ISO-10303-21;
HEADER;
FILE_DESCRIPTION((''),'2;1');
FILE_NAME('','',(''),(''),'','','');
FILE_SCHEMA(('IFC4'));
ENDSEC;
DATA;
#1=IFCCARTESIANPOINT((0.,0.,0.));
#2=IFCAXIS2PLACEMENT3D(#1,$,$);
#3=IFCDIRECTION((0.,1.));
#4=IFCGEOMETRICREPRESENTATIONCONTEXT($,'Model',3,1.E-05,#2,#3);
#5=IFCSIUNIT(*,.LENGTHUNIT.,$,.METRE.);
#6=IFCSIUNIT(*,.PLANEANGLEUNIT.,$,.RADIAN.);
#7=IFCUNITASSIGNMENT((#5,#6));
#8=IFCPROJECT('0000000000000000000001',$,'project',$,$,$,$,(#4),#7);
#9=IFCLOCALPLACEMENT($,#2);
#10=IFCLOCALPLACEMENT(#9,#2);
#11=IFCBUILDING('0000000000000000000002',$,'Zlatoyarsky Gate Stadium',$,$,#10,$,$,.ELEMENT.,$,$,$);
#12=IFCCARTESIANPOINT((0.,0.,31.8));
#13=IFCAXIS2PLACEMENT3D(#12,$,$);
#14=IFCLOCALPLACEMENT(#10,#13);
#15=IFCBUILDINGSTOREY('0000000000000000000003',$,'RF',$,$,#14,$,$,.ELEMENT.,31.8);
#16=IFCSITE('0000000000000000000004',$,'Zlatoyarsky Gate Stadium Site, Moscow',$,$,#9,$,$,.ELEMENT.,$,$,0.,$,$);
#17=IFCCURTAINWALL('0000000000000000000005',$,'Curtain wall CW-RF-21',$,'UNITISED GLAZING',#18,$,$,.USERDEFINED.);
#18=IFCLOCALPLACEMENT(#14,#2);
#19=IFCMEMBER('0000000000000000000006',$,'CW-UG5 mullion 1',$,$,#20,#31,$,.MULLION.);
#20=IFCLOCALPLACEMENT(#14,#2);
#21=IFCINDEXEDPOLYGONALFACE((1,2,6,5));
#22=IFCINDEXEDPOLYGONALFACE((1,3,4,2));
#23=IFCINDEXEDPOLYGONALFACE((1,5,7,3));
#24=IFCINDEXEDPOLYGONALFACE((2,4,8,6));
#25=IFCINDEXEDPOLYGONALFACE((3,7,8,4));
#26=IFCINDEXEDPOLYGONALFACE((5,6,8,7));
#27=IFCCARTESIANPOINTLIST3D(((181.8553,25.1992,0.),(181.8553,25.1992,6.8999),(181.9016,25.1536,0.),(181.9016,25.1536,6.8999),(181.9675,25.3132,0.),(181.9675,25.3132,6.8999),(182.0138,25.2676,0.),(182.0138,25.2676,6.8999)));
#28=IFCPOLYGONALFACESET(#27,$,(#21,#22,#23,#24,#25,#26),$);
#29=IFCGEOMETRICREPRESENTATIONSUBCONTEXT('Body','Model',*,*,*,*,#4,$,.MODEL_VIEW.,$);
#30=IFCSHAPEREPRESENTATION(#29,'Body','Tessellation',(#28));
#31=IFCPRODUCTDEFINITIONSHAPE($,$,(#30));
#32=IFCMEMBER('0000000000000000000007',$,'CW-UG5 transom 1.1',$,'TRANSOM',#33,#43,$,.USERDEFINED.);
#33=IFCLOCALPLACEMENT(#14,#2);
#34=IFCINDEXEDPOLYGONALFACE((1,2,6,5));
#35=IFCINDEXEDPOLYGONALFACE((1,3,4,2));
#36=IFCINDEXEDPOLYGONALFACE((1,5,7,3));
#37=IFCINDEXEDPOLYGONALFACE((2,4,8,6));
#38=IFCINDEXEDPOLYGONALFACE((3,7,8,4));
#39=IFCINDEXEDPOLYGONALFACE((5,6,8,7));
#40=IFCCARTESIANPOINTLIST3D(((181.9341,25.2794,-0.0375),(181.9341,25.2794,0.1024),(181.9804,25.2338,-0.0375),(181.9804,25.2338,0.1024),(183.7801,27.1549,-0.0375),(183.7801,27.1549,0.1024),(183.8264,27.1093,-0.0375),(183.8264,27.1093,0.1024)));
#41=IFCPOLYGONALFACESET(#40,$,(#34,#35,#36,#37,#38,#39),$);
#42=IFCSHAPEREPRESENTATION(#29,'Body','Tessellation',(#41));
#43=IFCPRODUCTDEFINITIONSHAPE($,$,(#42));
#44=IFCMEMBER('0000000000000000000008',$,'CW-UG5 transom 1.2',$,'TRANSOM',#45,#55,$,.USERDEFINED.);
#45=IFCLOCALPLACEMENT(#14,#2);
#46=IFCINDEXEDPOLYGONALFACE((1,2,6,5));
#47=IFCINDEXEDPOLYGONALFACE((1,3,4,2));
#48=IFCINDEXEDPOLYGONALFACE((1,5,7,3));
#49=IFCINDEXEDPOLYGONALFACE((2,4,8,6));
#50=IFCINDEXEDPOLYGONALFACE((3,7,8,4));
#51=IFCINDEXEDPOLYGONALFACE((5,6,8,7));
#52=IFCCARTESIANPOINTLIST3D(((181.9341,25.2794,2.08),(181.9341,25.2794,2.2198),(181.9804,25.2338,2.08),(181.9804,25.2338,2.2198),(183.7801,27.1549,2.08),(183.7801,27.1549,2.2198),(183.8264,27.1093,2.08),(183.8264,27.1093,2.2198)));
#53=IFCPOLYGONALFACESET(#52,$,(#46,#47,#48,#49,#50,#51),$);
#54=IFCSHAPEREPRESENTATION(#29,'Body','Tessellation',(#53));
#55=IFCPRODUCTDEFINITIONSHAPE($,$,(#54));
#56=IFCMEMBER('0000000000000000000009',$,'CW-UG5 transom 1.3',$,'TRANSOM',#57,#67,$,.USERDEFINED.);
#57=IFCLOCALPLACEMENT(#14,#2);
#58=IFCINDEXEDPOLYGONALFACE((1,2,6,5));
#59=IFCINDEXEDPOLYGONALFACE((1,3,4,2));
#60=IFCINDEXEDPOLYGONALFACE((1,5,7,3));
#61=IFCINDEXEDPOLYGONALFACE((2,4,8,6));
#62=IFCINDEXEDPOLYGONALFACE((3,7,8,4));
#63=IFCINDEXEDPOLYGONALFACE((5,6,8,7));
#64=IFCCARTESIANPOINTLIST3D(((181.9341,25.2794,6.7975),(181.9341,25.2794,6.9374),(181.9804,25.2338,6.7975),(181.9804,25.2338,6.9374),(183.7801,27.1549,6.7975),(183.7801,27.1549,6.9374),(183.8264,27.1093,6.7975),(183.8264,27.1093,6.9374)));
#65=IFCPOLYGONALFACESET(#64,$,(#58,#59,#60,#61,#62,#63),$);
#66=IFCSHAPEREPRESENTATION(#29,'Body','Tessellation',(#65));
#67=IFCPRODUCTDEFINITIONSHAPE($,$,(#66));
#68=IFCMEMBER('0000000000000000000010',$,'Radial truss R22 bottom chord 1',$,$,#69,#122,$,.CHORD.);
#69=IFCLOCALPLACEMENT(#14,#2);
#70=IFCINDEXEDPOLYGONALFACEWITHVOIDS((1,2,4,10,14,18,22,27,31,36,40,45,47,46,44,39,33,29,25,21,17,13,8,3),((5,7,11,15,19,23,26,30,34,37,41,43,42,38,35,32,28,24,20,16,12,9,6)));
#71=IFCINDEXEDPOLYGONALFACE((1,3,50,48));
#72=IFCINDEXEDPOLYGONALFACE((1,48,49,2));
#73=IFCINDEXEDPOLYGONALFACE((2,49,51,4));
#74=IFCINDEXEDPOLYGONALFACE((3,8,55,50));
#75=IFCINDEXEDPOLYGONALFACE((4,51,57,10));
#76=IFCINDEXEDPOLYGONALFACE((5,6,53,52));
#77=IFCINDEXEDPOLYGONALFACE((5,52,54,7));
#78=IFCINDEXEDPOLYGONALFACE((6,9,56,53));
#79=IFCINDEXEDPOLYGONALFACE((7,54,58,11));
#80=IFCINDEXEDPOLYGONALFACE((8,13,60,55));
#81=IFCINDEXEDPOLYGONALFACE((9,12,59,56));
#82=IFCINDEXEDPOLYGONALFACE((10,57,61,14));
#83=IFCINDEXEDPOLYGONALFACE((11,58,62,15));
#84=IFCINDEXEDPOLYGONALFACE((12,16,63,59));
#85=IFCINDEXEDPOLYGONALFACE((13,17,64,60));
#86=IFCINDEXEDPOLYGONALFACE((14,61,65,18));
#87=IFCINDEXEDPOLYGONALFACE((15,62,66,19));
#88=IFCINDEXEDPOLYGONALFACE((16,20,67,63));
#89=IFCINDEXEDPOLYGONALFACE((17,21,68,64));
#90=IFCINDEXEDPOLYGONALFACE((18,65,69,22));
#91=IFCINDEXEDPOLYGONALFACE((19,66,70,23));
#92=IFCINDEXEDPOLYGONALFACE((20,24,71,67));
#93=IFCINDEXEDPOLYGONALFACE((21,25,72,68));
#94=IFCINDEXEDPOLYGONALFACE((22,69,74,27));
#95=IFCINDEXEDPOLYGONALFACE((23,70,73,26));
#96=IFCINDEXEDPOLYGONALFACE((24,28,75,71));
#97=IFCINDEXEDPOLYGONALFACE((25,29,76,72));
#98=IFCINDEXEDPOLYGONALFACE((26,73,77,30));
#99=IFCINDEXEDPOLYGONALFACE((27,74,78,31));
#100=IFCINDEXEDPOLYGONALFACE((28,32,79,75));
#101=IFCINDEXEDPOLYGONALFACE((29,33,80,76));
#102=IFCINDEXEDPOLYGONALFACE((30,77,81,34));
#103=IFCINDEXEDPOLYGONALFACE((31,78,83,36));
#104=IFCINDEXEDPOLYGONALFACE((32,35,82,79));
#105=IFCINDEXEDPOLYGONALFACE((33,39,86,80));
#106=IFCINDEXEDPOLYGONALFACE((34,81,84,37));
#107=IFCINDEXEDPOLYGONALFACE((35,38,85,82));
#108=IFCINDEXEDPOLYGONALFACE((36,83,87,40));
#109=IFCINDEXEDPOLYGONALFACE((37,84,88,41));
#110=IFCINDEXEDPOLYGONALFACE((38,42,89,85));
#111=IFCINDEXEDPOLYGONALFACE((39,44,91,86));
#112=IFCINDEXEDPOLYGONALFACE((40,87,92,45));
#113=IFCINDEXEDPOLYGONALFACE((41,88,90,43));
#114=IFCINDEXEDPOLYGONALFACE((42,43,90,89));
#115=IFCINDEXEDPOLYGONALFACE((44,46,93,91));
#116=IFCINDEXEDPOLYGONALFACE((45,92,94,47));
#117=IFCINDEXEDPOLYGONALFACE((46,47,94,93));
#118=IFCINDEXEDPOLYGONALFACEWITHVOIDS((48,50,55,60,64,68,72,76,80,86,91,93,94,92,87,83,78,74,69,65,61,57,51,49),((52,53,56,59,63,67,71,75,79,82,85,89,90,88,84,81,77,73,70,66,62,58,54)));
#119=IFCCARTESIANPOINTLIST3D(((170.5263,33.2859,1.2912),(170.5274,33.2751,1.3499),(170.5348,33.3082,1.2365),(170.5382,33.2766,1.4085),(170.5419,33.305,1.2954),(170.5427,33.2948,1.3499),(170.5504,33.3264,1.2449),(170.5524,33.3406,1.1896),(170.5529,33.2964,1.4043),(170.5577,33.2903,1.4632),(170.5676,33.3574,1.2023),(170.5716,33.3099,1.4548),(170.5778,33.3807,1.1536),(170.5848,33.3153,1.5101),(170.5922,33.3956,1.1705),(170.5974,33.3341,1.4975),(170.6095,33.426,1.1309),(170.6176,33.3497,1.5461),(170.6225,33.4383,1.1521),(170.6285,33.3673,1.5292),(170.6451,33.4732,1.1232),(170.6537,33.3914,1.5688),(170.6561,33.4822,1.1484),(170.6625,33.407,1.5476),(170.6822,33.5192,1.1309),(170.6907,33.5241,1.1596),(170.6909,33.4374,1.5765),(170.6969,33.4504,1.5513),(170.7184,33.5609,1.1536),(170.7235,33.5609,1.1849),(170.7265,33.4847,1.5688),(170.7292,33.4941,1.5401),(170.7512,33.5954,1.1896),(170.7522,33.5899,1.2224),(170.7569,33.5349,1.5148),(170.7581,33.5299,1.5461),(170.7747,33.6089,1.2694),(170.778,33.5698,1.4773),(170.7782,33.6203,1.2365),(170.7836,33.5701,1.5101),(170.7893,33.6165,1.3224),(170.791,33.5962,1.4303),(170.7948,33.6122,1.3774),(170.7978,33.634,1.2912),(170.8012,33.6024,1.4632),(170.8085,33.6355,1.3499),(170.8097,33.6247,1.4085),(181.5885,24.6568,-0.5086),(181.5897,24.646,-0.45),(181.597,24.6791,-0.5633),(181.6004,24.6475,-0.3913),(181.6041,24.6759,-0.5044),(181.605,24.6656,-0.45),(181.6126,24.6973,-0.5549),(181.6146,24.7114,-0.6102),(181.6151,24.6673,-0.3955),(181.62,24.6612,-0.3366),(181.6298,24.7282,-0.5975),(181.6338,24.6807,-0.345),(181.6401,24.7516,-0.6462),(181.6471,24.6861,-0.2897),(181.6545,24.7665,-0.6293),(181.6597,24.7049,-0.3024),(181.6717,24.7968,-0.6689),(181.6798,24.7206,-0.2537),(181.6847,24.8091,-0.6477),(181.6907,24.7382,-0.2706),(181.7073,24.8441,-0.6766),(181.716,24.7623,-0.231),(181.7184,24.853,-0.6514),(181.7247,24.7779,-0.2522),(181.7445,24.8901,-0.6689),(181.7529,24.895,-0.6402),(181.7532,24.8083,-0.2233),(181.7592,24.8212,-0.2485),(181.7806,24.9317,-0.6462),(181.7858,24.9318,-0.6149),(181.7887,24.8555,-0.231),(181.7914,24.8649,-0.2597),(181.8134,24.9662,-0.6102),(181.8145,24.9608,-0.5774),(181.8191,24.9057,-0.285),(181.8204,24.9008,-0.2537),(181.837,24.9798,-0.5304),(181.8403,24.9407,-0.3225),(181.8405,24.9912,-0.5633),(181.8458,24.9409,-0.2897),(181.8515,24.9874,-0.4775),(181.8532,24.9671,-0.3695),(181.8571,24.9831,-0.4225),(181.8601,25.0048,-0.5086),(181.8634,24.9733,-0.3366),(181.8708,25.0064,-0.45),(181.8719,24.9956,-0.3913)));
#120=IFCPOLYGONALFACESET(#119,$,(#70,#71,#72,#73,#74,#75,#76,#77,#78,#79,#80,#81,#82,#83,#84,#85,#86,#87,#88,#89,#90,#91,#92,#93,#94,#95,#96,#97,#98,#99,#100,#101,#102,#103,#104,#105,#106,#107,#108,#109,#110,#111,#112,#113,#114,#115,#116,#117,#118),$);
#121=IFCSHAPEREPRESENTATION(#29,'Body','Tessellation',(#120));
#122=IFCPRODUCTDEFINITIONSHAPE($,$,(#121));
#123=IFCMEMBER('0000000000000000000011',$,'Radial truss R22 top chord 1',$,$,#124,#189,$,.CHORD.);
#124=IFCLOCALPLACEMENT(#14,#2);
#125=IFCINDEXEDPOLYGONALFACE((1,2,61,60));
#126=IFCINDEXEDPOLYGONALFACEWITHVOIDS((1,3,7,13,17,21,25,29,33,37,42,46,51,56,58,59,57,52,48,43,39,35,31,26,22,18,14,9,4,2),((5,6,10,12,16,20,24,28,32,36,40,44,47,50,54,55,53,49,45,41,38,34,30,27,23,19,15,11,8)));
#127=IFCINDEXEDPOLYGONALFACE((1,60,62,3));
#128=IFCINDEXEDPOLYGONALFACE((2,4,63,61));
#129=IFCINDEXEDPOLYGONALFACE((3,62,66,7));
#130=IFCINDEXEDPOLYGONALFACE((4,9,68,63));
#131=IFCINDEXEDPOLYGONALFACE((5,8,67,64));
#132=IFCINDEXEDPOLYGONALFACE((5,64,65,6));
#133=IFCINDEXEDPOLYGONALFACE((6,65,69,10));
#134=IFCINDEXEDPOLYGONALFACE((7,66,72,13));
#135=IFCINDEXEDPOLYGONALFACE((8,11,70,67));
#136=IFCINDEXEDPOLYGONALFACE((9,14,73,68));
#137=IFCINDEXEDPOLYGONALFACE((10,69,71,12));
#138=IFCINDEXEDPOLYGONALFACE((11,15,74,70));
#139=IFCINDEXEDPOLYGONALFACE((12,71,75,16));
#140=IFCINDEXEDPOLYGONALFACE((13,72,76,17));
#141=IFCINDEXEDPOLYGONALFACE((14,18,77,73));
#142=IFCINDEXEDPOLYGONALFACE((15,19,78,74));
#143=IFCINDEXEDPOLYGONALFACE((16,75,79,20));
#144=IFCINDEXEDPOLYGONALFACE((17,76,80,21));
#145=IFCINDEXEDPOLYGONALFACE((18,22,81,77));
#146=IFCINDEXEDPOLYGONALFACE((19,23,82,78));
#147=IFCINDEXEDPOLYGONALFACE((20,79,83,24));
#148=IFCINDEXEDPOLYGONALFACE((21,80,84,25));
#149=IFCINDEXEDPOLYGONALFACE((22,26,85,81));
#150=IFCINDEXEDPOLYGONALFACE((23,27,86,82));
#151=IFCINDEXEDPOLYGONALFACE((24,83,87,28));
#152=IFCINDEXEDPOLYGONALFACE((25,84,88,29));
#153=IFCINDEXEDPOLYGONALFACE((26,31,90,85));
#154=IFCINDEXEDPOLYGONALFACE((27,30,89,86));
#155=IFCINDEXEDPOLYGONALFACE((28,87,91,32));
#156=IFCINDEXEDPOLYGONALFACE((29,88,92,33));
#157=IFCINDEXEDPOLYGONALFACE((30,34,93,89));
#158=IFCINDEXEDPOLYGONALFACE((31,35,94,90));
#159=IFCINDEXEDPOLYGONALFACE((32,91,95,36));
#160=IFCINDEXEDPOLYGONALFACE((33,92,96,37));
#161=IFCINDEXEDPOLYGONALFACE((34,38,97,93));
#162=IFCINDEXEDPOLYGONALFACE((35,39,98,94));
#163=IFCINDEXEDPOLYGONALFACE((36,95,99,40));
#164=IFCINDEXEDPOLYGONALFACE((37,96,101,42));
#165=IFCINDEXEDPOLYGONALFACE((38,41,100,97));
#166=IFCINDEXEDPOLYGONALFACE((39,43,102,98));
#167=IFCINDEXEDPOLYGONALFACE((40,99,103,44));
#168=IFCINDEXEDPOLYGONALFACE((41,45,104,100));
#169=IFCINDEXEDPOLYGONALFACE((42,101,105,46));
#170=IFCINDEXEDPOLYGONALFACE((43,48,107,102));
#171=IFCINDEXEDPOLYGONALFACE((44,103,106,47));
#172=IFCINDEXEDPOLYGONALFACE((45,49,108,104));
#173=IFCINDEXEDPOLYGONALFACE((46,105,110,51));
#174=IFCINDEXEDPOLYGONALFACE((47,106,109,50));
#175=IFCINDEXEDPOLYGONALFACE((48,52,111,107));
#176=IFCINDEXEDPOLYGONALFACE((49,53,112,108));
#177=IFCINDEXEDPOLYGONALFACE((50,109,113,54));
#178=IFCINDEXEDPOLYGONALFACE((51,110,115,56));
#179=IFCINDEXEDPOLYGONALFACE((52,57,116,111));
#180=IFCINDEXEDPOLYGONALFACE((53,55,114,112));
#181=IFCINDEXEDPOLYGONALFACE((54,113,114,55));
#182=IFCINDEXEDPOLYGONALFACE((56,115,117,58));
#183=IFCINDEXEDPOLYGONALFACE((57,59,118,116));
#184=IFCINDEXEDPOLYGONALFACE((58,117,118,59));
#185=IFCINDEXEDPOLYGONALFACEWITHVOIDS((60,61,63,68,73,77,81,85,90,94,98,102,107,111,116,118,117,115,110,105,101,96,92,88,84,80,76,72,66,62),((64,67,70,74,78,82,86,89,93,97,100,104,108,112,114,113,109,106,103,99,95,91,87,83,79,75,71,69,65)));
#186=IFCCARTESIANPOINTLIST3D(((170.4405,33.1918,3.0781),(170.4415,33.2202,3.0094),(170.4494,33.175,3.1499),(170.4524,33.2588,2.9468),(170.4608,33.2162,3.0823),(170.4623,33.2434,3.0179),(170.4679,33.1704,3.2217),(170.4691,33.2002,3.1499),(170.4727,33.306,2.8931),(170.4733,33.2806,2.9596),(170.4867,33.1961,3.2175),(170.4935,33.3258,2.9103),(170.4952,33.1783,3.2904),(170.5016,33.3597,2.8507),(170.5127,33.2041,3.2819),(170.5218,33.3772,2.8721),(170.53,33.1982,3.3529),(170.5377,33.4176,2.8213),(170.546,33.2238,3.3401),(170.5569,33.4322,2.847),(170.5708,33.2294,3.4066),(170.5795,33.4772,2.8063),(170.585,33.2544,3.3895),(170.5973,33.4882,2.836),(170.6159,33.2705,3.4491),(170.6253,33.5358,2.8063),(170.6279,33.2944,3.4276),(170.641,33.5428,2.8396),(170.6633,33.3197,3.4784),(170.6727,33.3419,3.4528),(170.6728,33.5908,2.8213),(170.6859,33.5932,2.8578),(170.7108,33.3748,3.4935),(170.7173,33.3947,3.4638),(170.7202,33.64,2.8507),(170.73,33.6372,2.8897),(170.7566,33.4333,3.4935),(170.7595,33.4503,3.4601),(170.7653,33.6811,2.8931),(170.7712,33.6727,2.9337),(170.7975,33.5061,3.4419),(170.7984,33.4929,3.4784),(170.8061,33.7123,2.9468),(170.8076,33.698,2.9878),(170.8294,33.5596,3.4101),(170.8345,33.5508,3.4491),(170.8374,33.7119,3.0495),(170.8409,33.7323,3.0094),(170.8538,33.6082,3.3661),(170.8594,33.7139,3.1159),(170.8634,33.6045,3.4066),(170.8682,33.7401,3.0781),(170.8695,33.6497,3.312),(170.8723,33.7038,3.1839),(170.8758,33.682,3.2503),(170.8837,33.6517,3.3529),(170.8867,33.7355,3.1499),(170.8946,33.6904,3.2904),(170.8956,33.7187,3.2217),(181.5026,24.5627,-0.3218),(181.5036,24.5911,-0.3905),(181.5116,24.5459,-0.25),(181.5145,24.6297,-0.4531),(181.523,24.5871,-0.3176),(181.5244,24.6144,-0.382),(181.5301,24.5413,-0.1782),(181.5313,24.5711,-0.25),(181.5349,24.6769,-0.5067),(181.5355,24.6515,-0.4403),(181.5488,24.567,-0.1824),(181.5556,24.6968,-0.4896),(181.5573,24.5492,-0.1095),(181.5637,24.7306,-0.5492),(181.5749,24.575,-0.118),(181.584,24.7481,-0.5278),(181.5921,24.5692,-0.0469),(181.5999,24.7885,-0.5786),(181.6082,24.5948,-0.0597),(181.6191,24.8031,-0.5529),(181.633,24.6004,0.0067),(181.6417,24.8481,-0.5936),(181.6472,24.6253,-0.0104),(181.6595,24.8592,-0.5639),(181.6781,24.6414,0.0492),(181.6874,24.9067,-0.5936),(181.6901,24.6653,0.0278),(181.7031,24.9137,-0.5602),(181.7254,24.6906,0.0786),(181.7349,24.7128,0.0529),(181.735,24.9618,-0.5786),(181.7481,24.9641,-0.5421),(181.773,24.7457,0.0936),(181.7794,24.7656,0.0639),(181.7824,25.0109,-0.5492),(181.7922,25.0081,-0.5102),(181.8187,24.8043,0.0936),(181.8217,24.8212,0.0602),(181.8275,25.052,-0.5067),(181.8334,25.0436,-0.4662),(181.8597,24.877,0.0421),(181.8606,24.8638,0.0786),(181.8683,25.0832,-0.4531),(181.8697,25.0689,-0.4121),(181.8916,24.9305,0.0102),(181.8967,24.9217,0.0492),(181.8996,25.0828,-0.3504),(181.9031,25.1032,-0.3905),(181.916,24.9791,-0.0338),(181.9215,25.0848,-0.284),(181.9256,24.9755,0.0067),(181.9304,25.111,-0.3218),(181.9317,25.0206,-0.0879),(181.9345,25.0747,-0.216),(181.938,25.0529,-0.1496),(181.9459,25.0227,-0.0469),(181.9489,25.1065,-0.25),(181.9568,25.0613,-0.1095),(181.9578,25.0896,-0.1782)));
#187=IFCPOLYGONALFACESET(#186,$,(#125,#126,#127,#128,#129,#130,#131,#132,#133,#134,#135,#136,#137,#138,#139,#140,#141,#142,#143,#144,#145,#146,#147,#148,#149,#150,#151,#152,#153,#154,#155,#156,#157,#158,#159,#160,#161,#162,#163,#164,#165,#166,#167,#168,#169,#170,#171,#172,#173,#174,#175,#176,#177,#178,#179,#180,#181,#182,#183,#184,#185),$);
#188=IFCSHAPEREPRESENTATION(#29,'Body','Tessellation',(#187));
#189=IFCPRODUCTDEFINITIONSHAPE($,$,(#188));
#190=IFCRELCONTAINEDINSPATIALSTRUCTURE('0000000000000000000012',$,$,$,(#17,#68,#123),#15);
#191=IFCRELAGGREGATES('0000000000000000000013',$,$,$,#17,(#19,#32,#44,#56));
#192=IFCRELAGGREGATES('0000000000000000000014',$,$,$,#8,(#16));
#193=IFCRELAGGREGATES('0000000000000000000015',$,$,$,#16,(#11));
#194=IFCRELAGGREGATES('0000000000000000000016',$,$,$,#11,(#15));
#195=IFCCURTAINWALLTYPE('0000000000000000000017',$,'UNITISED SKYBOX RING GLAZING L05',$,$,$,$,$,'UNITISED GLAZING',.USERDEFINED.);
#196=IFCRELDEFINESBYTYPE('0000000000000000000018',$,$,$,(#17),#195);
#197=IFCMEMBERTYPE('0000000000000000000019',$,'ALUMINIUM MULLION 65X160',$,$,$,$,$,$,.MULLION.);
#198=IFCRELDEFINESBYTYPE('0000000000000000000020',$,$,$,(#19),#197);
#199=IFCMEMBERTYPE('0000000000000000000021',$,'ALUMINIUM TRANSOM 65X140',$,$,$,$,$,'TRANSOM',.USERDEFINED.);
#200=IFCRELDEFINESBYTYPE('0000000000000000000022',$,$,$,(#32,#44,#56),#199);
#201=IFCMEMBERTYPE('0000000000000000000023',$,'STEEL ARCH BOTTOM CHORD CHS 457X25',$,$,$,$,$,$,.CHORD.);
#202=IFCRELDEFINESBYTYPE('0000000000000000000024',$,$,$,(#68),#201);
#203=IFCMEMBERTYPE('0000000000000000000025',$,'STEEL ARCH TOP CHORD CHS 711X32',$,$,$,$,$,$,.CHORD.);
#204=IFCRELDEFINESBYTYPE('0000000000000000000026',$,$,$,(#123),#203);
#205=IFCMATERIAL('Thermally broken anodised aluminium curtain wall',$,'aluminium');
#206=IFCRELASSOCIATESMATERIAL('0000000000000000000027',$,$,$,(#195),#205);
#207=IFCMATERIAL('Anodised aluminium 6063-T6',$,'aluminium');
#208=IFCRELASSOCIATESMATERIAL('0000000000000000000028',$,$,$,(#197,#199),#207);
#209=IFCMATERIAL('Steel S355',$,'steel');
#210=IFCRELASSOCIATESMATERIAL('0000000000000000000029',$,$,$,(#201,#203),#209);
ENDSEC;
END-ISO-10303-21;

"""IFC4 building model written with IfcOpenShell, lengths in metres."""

from ifc_helpers import new_model, si_unit, direction, frame, origin, origin_2d, place, context, subcontext, project, spatial, rectangle, hollow_circle, extrude, material, material_profile, profile_set, type_object, element, aggregate, save


model = new_model("IFC4")

# Units and contexts
model_context = context("Model", 3, precision=1e-05, world=origin(), true_north=direction((0.0, 1.0)))
body_context = subcontext(model_context, "Body", "Model", "MODEL_VIEW")
ifc_project = project(units=[si_unit("LENGTHUNIT", "METRE"), si_unit("PLANEANGLEUNIT", "RADIAN")], contexts=[model_context])

# Site, building, storey
site_placement = place(None, origin())
site = spatial("IfcSite", under=ifc_project, at=site_placement, Name="Zlatoyarsky Gate Stadium Site, Moscow", CompositionType="ELEMENT", RefElevation=0.0)
building_placement = place(site_placement, origin())
building = spatial("IfcBuilding", under=site, at=building_placement, Name="Zlatoyarsky Gate Stadium", CompositionType="ELEMENT")
storey_placement = place(building_placement, frame((0.0, 0.0, 31.8)))
storey = spatial("IfcBuildingStorey", under=building, at=storey_placement, Name="RF", CompositionType="ELEMENT", Elevation=31.8)

# Curtain wall, members
ifc_material_1 = material(Name="Thermally broken anodised aluminium curtain wall", Category="aluminium")
curtain_wall_type = type_object("IfcCurtainWallType", Name="UNITISED SKYBOX RING GLAZING L05", ElementType="UNITISED GLAZING", PredefinedType="USERDEFINED", material=ifc_material_1)
curtain_wall_placement = place(storey_placement, origin())
curtain_wall = element("IfcCurtainWall", 1, at=curtain_wall_placement, inside=storey, type_object=curtain_wall_type, Name="Curtain wall CW-RF-21", ObjectType="UNITISED GLAZING", PredefinedType="USERDEFINED")
ifc_material_2 = material(Name="Anodised aluminium 6063-T6", Category="aluminium")
ifc_material_profile_1 = material_profile(ifc_material_2, rectangle(XDim=0.0649, YDim=0.1599, at=origin_2d()), Name="ALU 65X160")
ifc_profile_set_1 = profile_set([ifc_material_profile_1], Name="Anodised aluminium 6063-T6")
member_type_1 = type_object("IfcMemberType", Name="ALUMINIUM MULLION 65X160", PredefinedType="MULLION", material=ifc_profile_set_1)
member_1_placement = place(storey_placement, frame((181.9346, 25.2334, 0.0), z_axis=(0.0, 0.0, 1.0), x_axis=(-0.712766, 0.701402, 0.0)))
member_1 = element("IfcMember", 2, at=member_1_placement, type_object=member_type_1, Name="CW-UG5 mullion 1", PredefinedType="MULLION", context=body_context, shape_type="SweptSolid", body=[
    extrude(rectangle(XDim=0.0649, YDim=0.1599, at=origin_2d()), origin(), (0.0, 0.0, 1.0), 6.8999),
])
ifc_material_profile_2 = material_profile(ifc_material_2, rectangle(XDim=0.0649, YDim=0.1399, at=origin_2d()), Name="ALU 65X140")
ifc_profile_set_2 = profile_set([ifc_material_profile_2], Name="Anodised aluminium 6063-T6")
member_type_2 = type_object("IfcMemberType", Name="ALUMINIUM TRANSOM 65X140", ElementType="TRANSOM", PredefinedType="USERDEFINED", material=ifc_profile_set_2)
member_2_placement = place(storey_placement, frame((181.9573, 25.2566, 0.0325), z_axis=(0.701472, 0.712697, 0.0), x_axis=(-0.712697, 0.701472, 0.0)))
member_2 = element("IfcMember", 3, at=member_2_placement, type_object=member_type_2, Name="CW-UG5 transom 1.1", ObjectType="TRANSOM", PredefinedType="USERDEFINED", context=body_context, shape_type="SweptSolid", body=[
    extrude(rectangle(XDim=0.0649, YDim=0.1399, at=origin_2d()), origin(), (0.0, 0.0, 1.0), 2.6316),
])
member_3_placement = place(storey_placement, frame((181.9573, 25.2566, 2.1499), z_axis=(0.701472, 0.712697, 0.0), x_axis=(-0.712697, 0.701472, 0.0)))
member_3 = element("IfcMember", 4, at=member_3_placement, type_object=member_type_2, Name="CW-UG5 transom 1.2", ObjectType="TRANSOM", PredefinedType="USERDEFINED", context=body_context, shape_type="SweptSolid", body=[
    extrude(rectangle(XDim=0.0649, YDim=0.1399, at=origin_2d()), origin(), (0.0, 0.0, 1.0), 2.6316),
])
member_4_placement = place(storey_placement, frame((181.9573, 25.2566, 6.8674), z_axis=(0.701472, 0.712697, 0.0), x_axis=(-0.712697, 0.701472, 0.0)))
member_4 = element("IfcMember", 5, at=member_4_placement, type_object=member_type_2, Name="CW-UG5 transom 1.3", ObjectType="TRANSOM", PredefinedType="USERDEFINED", context=body_context, shape_type="SweptSolid", body=[
    extrude(rectangle(XDim=0.0649, YDim=0.1399, at=origin_2d()), origin(), (0.0, 0.0, 1.0), 2.6316),
])

# Members
ifc_material_3 = material(Name="Steel S355", Category="steel")
ifc_material_profile_3 = material_profile(ifc_material_3, hollow_circle(Radius=0.2285, WallThickness=0.0249, at=origin_2d()), Name="CHS 457X25")
ifc_profile_set_3 = profile_set([ifc_material_profile_3], Name="Steel S355")
member_type_3 = type_object("IfcMemberType", Name="STEEL ARCH BOTTOM CHORD CHS 457X25", PredefinedType="CHORD", material=ifc_profile_set_3)
member_5_placement = place(storey_placement, frame((181.7302, 24.8262, -0.45), z_axis=(-0.782073, 0.610059, 0.127242), x_axis=(-0.615058, -0.788482, 0.0)))
element("IfcMember", 6, at=member_5_placement, inside=storey, type_object=member_type_3, Name="Radial truss R22 bottom chord 1", PredefinedType="CHORD", context=body_context, shape_type="SweptSolid", body=[
    extrude(hollow_circle(Radius=0.2285, WallThickness=0.0249, at=origin_2d()), origin(), (0.0, 0.0, 1.0), 14.1448),
])
ifc_material_profile_4 = material_profile(ifc_material_3, hollow_circle(Radius=0.3555, WallThickness=0.032, at=origin_2d()), Name="CHS 711X32")
ifc_profile_set_4 = profile_set([ifc_material_profile_4], Name="Steel S355")
member_type_4 = type_object("IfcMemberType", Name="STEEL ARCH TOP CHORD CHS 711X32", PredefinedType="CHORD", material=ifc_profile_set_4)
member_6_placement = place(storey_placement, frame((181.7302, 24.8262, -0.25), z_axis=(-0.766302, 0.597757, 0.235517), x_axis=(-0.615058, -0.788482, 0.0)))
element("IfcMember", 7, at=member_6_placement, inside=storey, type_object=member_type_4, Name="Radial truss R22 top chord 1", PredefinedType="CHORD", context=body_context, shape_type="SweptSolid", body=[
    extrude(hollow_circle(Radius=0.3555, WallThickness=0.032, at=origin_2d()), origin(), (0.0, 0.0, 1.0), 14.4358),
])

aggregate(curtain_wall, [member_1, member_2, member_3, member_4])

save(model, "model.ifc")
